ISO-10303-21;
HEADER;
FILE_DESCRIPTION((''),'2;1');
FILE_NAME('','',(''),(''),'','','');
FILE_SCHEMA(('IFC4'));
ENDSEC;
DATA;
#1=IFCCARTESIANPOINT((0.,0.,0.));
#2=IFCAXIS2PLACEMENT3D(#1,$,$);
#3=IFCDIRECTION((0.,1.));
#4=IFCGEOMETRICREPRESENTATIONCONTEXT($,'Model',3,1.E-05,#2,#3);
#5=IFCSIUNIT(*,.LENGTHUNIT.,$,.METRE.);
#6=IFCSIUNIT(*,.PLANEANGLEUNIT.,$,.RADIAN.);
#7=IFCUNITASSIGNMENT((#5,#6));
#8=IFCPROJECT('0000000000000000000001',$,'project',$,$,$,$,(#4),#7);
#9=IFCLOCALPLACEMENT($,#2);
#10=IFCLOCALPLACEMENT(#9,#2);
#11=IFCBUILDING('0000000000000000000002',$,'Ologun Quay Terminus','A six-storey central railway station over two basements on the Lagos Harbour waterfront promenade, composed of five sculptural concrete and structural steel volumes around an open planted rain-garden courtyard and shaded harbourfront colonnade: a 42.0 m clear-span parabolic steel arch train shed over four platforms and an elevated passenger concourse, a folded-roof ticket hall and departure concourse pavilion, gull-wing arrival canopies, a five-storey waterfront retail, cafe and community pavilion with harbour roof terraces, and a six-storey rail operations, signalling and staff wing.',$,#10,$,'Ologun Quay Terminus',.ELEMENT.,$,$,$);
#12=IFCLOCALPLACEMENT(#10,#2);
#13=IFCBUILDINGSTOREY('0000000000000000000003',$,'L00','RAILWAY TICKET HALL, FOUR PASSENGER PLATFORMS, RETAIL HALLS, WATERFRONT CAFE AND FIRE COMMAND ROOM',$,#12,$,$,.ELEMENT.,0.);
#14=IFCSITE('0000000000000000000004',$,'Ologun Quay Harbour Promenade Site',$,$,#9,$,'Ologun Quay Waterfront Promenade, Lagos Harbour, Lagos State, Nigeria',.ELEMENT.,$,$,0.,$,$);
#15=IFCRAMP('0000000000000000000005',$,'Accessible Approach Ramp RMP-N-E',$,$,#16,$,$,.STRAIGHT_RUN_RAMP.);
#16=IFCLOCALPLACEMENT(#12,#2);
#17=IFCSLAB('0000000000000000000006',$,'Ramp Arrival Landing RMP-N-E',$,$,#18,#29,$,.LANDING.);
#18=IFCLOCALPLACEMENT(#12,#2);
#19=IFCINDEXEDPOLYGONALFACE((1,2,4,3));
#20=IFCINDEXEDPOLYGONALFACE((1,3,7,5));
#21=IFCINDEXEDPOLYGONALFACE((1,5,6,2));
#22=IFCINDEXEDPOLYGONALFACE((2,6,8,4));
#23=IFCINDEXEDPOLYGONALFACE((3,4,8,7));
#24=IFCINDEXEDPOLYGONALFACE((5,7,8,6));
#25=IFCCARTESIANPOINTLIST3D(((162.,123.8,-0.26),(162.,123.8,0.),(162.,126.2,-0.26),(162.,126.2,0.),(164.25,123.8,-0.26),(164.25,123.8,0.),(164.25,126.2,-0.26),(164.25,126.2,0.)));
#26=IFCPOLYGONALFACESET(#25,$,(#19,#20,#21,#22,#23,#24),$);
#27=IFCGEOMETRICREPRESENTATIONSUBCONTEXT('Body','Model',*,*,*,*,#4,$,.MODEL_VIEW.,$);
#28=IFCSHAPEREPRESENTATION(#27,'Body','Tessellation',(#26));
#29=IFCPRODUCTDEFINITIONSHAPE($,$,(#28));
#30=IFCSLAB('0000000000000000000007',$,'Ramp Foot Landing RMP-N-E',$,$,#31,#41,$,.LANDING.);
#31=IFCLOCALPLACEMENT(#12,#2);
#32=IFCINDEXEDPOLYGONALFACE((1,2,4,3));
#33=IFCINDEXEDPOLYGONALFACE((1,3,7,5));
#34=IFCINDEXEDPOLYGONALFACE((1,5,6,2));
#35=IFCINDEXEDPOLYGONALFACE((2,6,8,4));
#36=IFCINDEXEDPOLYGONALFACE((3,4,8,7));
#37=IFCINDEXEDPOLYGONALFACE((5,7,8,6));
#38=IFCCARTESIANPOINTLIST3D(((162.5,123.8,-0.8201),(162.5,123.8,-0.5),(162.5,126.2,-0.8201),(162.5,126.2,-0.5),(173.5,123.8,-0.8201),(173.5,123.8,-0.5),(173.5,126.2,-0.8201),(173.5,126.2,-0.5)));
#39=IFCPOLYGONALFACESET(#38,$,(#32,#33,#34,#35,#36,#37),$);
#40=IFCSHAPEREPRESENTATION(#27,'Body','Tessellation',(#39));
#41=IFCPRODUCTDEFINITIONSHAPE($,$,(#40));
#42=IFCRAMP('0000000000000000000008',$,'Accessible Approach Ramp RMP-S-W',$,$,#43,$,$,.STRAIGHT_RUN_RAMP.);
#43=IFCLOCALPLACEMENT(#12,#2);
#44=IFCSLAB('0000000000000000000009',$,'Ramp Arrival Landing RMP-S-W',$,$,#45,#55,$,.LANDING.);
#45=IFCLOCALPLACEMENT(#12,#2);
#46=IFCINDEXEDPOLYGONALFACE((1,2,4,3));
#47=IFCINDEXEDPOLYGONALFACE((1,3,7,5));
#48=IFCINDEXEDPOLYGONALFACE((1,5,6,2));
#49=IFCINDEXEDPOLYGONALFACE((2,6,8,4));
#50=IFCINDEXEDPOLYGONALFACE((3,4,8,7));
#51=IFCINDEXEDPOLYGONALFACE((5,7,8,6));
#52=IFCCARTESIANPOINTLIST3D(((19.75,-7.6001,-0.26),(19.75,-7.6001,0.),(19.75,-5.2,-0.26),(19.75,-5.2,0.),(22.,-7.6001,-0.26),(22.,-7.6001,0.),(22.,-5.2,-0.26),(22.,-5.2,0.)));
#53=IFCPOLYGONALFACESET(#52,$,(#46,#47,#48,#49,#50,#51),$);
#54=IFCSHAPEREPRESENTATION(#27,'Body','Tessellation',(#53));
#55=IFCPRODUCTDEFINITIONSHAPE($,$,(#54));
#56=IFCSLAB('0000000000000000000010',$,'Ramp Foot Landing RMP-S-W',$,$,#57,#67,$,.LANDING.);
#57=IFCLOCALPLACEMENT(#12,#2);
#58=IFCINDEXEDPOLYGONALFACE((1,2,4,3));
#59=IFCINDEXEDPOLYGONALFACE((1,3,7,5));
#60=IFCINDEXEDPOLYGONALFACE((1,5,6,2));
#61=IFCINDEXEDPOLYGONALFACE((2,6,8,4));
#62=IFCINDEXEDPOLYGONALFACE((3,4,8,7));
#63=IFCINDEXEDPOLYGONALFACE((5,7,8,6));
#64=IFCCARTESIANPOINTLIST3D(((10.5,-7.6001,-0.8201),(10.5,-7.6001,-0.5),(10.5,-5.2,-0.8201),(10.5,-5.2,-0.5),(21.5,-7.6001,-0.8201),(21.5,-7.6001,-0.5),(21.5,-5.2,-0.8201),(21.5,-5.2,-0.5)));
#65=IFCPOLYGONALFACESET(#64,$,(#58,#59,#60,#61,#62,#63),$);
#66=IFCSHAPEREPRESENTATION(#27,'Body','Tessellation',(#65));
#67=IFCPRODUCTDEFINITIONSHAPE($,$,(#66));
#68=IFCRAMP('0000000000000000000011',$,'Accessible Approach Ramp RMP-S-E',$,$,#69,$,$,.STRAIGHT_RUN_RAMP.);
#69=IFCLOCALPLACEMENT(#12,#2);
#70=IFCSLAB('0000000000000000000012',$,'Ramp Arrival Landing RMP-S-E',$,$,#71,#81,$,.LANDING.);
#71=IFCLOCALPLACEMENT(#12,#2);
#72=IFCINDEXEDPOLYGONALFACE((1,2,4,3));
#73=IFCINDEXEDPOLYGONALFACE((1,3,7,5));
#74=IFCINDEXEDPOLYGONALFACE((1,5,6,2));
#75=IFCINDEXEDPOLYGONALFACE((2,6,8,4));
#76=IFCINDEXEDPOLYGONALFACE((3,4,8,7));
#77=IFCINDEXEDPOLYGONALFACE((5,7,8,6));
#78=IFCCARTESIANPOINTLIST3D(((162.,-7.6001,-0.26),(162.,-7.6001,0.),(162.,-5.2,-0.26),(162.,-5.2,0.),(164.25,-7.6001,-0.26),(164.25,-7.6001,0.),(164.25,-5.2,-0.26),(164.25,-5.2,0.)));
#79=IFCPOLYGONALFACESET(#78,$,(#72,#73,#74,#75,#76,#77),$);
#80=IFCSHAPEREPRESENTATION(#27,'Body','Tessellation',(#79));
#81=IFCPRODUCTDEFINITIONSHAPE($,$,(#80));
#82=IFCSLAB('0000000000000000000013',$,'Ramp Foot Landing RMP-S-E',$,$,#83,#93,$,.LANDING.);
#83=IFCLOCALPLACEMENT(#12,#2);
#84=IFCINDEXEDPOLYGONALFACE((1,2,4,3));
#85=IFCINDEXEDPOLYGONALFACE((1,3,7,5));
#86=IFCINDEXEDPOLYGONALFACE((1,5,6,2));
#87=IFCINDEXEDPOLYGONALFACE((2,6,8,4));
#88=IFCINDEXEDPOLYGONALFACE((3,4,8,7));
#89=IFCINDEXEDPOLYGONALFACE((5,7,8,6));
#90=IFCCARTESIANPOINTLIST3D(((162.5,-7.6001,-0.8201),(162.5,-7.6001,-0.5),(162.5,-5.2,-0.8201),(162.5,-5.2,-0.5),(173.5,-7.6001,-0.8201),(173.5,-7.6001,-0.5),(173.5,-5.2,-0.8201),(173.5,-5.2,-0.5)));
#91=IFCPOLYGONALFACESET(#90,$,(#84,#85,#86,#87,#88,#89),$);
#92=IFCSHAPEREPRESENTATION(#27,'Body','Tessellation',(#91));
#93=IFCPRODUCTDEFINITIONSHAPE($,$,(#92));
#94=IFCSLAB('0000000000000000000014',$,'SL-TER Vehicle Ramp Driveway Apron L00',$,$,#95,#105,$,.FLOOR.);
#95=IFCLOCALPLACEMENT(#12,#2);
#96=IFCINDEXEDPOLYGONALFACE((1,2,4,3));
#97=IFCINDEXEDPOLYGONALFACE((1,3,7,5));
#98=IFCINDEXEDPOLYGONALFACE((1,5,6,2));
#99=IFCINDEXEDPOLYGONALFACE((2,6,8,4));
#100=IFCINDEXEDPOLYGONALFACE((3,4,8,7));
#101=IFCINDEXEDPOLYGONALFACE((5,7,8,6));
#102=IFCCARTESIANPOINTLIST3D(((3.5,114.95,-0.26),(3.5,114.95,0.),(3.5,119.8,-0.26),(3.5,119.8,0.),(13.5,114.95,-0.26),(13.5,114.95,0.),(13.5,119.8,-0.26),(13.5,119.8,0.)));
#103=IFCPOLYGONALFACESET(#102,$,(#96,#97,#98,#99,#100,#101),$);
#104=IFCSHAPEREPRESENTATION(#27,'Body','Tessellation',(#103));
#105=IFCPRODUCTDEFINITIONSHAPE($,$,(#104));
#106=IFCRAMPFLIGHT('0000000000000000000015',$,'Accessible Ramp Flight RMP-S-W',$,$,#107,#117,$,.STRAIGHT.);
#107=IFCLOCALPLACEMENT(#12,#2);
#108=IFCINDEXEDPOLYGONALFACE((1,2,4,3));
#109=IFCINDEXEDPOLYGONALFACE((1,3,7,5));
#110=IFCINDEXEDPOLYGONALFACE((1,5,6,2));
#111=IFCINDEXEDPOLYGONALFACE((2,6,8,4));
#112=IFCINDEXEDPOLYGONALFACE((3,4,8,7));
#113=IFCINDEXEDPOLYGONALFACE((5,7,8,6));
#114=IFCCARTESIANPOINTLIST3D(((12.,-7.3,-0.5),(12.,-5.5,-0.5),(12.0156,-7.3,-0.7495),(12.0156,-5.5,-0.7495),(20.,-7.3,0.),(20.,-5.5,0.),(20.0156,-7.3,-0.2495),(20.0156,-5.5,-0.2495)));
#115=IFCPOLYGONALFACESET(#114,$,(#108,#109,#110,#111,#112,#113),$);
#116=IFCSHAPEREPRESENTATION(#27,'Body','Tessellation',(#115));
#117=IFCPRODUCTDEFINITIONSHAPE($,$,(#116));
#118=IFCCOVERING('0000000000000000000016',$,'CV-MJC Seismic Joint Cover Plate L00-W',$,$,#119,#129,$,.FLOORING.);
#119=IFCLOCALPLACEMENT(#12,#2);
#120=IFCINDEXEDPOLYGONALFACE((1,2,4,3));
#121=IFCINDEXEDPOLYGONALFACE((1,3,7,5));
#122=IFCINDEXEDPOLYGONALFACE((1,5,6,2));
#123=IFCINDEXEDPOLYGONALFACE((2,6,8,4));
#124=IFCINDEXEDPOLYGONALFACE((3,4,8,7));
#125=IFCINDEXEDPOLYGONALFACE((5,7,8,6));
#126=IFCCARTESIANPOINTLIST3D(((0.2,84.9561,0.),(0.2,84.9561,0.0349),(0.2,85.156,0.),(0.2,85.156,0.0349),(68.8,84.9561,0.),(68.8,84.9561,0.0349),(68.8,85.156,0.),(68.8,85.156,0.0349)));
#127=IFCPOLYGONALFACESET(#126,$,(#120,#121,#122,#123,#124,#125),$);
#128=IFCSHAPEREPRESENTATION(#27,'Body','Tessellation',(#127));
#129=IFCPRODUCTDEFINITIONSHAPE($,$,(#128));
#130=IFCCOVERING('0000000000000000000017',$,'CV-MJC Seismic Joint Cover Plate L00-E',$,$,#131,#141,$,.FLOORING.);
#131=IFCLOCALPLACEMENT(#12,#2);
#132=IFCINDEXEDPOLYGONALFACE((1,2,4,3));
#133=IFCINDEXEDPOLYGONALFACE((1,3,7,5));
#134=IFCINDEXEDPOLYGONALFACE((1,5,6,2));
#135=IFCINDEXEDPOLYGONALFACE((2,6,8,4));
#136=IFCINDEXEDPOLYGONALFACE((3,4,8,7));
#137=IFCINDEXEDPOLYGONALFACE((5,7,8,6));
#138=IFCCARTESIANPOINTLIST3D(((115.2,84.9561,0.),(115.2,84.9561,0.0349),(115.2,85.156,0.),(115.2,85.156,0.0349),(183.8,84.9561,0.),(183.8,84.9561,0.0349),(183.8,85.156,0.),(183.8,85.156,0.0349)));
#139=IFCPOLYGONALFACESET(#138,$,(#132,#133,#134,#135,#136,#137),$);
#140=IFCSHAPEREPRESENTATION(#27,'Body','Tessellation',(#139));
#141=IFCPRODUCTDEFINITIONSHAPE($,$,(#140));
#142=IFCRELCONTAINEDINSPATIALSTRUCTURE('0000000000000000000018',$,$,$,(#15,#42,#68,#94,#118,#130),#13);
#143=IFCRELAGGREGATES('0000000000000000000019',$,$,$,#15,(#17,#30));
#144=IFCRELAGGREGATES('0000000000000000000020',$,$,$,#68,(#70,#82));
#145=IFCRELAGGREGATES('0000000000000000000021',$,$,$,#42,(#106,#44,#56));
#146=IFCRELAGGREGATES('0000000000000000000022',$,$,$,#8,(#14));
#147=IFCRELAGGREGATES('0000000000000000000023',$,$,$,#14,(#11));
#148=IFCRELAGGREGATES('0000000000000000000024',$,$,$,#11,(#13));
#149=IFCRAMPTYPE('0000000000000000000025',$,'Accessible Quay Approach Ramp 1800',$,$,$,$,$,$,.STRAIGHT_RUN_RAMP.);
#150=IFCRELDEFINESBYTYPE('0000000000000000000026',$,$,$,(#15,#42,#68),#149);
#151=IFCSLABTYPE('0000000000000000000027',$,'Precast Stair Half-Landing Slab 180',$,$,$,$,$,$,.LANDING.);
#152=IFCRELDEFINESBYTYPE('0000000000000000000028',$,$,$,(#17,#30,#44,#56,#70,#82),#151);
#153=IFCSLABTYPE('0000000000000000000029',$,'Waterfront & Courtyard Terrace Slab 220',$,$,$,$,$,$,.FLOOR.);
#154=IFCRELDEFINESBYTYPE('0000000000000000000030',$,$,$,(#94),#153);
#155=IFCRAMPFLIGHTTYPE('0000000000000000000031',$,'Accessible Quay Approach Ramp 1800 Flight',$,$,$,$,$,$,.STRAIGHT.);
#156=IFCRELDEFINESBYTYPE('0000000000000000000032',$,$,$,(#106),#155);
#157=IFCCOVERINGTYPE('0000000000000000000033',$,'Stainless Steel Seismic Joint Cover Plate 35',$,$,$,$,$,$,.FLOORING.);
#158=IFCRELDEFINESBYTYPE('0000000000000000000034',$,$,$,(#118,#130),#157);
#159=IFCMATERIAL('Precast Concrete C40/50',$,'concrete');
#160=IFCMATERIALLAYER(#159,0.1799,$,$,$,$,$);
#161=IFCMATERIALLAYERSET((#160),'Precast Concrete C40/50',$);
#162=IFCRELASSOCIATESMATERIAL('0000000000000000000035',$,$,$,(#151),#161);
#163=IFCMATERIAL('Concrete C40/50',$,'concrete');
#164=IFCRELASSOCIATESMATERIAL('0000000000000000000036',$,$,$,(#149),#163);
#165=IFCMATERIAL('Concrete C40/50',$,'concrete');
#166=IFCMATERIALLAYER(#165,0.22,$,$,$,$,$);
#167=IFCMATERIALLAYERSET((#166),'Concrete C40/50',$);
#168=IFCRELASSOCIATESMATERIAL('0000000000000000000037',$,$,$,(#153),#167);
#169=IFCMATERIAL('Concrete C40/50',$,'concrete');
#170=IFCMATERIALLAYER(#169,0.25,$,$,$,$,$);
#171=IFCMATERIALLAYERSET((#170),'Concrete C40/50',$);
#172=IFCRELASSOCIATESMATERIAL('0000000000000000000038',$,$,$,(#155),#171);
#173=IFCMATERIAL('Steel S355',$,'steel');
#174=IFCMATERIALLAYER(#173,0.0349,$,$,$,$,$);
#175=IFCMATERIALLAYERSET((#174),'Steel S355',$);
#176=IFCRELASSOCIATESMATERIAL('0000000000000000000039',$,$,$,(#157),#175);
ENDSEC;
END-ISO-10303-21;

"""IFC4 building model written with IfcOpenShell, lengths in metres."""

from ifc_helpers import new_model, si_unit, direction, frame, origin, place, context, subcontext, project, spatial, polyline, outline, extrude, material, layer, layer_set, type_object, element, aggregate, save


model = new_model("IFC4")

# Units and contexts
model_context = context("Model", 3, precision=1e-05, world=origin(), true_north=direction((0.0, 1.0)))
body_context = subcontext(model_context, "Body", "Model", "MODEL_VIEW")
ifc_project = project(units=[si_unit("LENGTHUNIT", "METRE"), si_unit("PLANEANGLEUNIT", "RADIAN")], contexts=[model_context])

# Site, building, storey
site_placement = place(None, origin())
site = spatial("IfcSite", under=ifc_project, at=site_placement, Name="Ologun Quay Harbour Promenade Site", LongName="Ologun Quay Waterfront Promenade, Lagos Harbour, Lagos State, Nigeria", CompositionType="ELEMENT", RefElevation=0.0)
building_placement = place(site_placement, origin())
building = spatial("IfcBuilding", under=site, at=building_placement, Name="Ologun Quay Terminus", Description="A six-storey central railway station over two basements on the Lagos Harbour waterfront promenade, composed of five sculptural concrete and structural steel volumes around an open planted rain-garden courtyard and shaded harbourfront colonnade: a 42.0 m clear-span parabolic steel arch train shed over four platforms and an elevated passenger concourse, a folded-roof ticket hall and departure concourse pavilion, gull-wing arrival canopies, a five-storey waterfront retail, cafe and community pavilion with harbour roof terraces, and a six-storey rail operations, signalling and staff wing.", LongName="Ologun Quay Terminus", CompositionType="ELEMENT")
storey_placement = place(building_placement, origin())
storey = spatial("IfcBuildingStorey", under=building, at=storey_placement, Name="L00", Description="RAILWAY TICKET HALL, FOUR PASSENGER PLATFORMS, RETAIL HALLS, WATERFRONT CAFE AND FIRE COMMAND ROOM", CompositionType="ELEMENT", Elevation=0.0)

# Shared definitions
ifc_material_1 = material(Name="Precast Concrete C40/50", Category="concrete")
ifc_layer_1 = layer(ifc_material_1, 0.1799)
ifc_layer_set_1 = layer_set([ifc_layer_1], Name="Precast Concrete C40/50")
slab_type_1 = type_object("IfcSlabType", Name="Precast Stair Half-Landing Slab 180", PredefinedType="LANDING", material=ifc_layer_set_1)

# Ramps, slabs
ifc_material_2 = material(Name="Concrete C40/50", Category="concrete")
ramp_type = type_object("IfcRampType", Name="Accessible Quay Approach Ramp 1800", PredefinedType="STRAIGHT_RUN_RAMP", material=ifc_material_2)
ramp_1_placement = place(storey_placement, origin())
ramp_1 = element("IfcRamp", 1, at=ramp_1_placement, inside=storey, type_object=ramp_type, Name="Accessible Approach Ramp RMP-N-E", PredefinedType="STRAIGHT_RUN_RAMP")
slab_1_placement = place(storey_placement, frame((0.0, 0.0, -0.26)))
slab_1 = element("IfcSlab", 2, at=slab_1_placement, type_object=slab_type_1, Name="Ramp Arrival Landing RMP-N-E", PredefinedType="LANDING", context=body_context, shape_type="SweptSolid", body=[
    extrude(outline(polyline([(162.0, 123.8), (164.25, 123.8), (164.25, 126.2), (162.0, 126.2), (162.0, 123.8)])), origin(), (0.0, 0.0, 1.0), 0.26),
])
slab_2_placement = place(storey_placement, frame((0.0, 0.0, -0.8201)))
slab_2 = element("IfcSlab", 3, at=slab_2_placement, type_object=slab_type_1, Name="Ramp Foot Landing RMP-N-E", PredefinedType="LANDING", context=body_context, shape_type="SweptSolid", body=[
    extrude(outline(polyline([(162.5, 123.8), (173.5, 123.8), (173.5, 126.2), (162.5, 126.2), (162.5, 123.8)])), origin(), (0.0, 0.0, 1.0), 0.3201),
])
aggregate(ramp_1, [slab_1, slab_2])
ramp_2_placement = place(storey_placement, origin())
ramp_2 = element("IfcRamp", 4, at=ramp_2_placement, inside=storey, type_object=ramp_type, Name="Accessible Approach Ramp RMP-S-W", PredefinedType="STRAIGHT_RUN_RAMP")
slab_3_placement = place(storey_placement, frame((0.0, 0.0, -0.26)))
slab_3 = element("IfcSlab", 5, at=slab_3_placement, type_object=slab_type_1, Name="Ramp Arrival Landing RMP-S-W", PredefinedType="LANDING", context=body_context, shape_type="SweptSolid", body=[
    extrude(outline(polyline([(19.75, -7.6001), (22.0, -7.6001), (22.0, -5.2), (19.75, -5.2), (19.75, -7.6001)])), origin(), (0.0, 0.0, 1.0), 0.26),
])
slab_4_placement = place(storey_placement, frame((0.0, 0.0, -0.8201)))
slab_4 = element("IfcSlab", 6, at=slab_4_placement, type_object=slab_type_1, Name="Ramp Foot Landing RMP-S-W", PredefinedType="LANDING", context=body_context, shape_type="SweptSolid", body=[
    extrude(outline(polyline([(10.5, -7.6001), (21.5, -7.6001), (21.5, -5.2), (10.5, -5.2), (10.5, -7.6001)])), origin(), (0.0, 0.0, 1.0), 0.3201),
])
ramp_3_placement = place(storey_placement, origin())
ramp_3 = element("IfcRamp", 7, at=ramp_3_placement, inside=storey, type_object=ramp_type, Name="Accessible Approach Ramp RMP-S-E", PredefinedType="STRAIGHT_RUN_RAMP")
slab_5_placement = place(storey_placement, frame((0.0, 0.0, -0.26)))
slab_5 = element("IfcSlab", 8, at=slab_5_placement, type_object=slab_type_1, Name="Ramp Arrival Landing RMP-S-E", PredefinedType="LANDING", context=body_context, shape_type="SweptSolid", body=[
    extrude(outline(polyline([(162.0, -7.6001), (164.25, -7.6001), (164.25, -5.2), (162.0, -5.2), (162.0, -7.6001)])), origin(), (0.0, 0.0, 1.0), 0.26),
])
slab_6_placement = place(storey_placement, frame((0.0, 0.0, -0.8201)))
slab_6 = element("IfcSlab", 9, at=slab_6_placement, type_object=slab_type_1, Name="Ramp Foot Landing RMP-S-E", PredefinedType="LANDING", context=body_context, shape_type="SweptSolid", body=[
    extrude(outline(polyline([(162.5, -7.6001), (173.5, -7.6001), (173.5, -5.2), (162.5, -5.2), (162.5, -7.6001)])), origin(), (0.0, 0.0, 1.0), 0.3201),
])
aggregate(ramp_3, [slab_5, slab_6])

# Slab
ifc_material_3 = material(Name="Concrete C40/50", Category="concrete")
ifc_layer_2 = layer(ifc_material_3, 0.22)
ifc_layer_set_2 = layer_set([ifc_layer_2], Name="Concrete C40/50")
slab_type_2 = type_object("IfcSlabType", Name="Waterfront & Courtyard Terrace Slab 220", PredefinedType="FLOOR", material=ifc_layer_set_2)
slab_7_placement = place(storey_placement, frame((0.0, 0.0, -0.26)))
element("IfcSlab", 10, at=slab_7_placement, inside=storey, type_object=slab_type_2, Name="SL-TER Vehicle Ramp Driveway Apron L00", PredefinedType="FLOOR", context=body_context, shape_type="SweptSolid", body=[
    extrude(outline(polyline([(3.5, 114.95), (13.5, 114.95), (13.5, 119.8), (3.5, 119.8), (3.5, 114.95)])), origin(), (0.0, 0.0, 1.0), 0.26),
])

# Ramp flight
ifc_material_4 = material(Name="Concrete C40/50", Category="concrete")
ifc_layer_3 = layer(ifc_material_4, 0.25)
ifc_layer_set_3 = layer_set([ifc_layer_3], Name="Concrete C40/50")
ramp_flight_type = type_object("IfcRampFlightType", Name="Accessible Quay Approach Ramp 1800 Flight", PredefinedType="STRAIGHT", material=ifc_layer_set_3)
ramp_flight_placement = place(storey_placement, frame((12.0, -7.3, -0.5), z_axis=(-0.062378, 0.0, 0.998053), x_axis=(0.998053, 0.0, 0.062378)))
ramp_flight = element("IfcRampFlight", 11, at=ramp_flight_placement, type_object=ramp_flight_type, Name="Accessible Ramp Flight RMP-S-W", PredefinedType="STRAIGHT", context=body_context, shape_type="SweptSolid", body=[
    extrude(outline(polyline([(0.0, 0.0), (8.0156, 0.0), (8.0156, 1.8), (0.0, 1.8), (0.0, 0.0)])), origin(), (0.0, 0.0, -1.0), 0.25),
])
aggregate(ramp_2, [ramp_flight, slab_3, slab_4])

# Coverings
ifc_material_5 = material(Name="Steel S355", Category="steel")
ifc_layer_4 = layer(ifc_material_5, 0.0349)
ifc_layer_set_4 = layer_set([ifc_layer_4], Name="Steel S355")
covering_type = type_object("IfcCoveringType", Name="Stainless Steel Seismic Joint Cover Plate 35", PredefinedType="FLOORING", material=ifc_layer_set_4)
covering_1_placement = place(storey_placement, origin())
element("IfcCovering", 12, at=covering_1_placement, inside=storey, type_object=covering_type, Name="CV-MJC Seismic Joint Cover Plate L00-W", PredefinedType="FLOORING", context=body_context, shape_type="SweptSolid", body=[
    extrude(outline(polyline([(0.2, 84.9561), (68.8, 84.9561), (68.8, 85.156), (0.2, 85.156), (0.2, 84.9561)])), origin(), (0.0, 0.0, 1.0), 0.0349),
])
covering_2_placement = place(storey_placement, origin())
element("IfcCovering", 13, at=covering_2_placement, inside=storey, type_object=covering_type, Name="CV-MJC Seismic Joint Cover Plate L00-E", PredefinedType="FLOORING", context=body_context, shape_type="SweptSolid", body=[
    extrude(outline(polyline([(115.2, 84.9561), (183.8, 84.9561), (183.8, 85.156), (115.2, 85.156), (115.2, 84.9561)])), origin(), (0.0, 0.0, 1.0), 0.0349),
])

save(model, "model.ifc")
